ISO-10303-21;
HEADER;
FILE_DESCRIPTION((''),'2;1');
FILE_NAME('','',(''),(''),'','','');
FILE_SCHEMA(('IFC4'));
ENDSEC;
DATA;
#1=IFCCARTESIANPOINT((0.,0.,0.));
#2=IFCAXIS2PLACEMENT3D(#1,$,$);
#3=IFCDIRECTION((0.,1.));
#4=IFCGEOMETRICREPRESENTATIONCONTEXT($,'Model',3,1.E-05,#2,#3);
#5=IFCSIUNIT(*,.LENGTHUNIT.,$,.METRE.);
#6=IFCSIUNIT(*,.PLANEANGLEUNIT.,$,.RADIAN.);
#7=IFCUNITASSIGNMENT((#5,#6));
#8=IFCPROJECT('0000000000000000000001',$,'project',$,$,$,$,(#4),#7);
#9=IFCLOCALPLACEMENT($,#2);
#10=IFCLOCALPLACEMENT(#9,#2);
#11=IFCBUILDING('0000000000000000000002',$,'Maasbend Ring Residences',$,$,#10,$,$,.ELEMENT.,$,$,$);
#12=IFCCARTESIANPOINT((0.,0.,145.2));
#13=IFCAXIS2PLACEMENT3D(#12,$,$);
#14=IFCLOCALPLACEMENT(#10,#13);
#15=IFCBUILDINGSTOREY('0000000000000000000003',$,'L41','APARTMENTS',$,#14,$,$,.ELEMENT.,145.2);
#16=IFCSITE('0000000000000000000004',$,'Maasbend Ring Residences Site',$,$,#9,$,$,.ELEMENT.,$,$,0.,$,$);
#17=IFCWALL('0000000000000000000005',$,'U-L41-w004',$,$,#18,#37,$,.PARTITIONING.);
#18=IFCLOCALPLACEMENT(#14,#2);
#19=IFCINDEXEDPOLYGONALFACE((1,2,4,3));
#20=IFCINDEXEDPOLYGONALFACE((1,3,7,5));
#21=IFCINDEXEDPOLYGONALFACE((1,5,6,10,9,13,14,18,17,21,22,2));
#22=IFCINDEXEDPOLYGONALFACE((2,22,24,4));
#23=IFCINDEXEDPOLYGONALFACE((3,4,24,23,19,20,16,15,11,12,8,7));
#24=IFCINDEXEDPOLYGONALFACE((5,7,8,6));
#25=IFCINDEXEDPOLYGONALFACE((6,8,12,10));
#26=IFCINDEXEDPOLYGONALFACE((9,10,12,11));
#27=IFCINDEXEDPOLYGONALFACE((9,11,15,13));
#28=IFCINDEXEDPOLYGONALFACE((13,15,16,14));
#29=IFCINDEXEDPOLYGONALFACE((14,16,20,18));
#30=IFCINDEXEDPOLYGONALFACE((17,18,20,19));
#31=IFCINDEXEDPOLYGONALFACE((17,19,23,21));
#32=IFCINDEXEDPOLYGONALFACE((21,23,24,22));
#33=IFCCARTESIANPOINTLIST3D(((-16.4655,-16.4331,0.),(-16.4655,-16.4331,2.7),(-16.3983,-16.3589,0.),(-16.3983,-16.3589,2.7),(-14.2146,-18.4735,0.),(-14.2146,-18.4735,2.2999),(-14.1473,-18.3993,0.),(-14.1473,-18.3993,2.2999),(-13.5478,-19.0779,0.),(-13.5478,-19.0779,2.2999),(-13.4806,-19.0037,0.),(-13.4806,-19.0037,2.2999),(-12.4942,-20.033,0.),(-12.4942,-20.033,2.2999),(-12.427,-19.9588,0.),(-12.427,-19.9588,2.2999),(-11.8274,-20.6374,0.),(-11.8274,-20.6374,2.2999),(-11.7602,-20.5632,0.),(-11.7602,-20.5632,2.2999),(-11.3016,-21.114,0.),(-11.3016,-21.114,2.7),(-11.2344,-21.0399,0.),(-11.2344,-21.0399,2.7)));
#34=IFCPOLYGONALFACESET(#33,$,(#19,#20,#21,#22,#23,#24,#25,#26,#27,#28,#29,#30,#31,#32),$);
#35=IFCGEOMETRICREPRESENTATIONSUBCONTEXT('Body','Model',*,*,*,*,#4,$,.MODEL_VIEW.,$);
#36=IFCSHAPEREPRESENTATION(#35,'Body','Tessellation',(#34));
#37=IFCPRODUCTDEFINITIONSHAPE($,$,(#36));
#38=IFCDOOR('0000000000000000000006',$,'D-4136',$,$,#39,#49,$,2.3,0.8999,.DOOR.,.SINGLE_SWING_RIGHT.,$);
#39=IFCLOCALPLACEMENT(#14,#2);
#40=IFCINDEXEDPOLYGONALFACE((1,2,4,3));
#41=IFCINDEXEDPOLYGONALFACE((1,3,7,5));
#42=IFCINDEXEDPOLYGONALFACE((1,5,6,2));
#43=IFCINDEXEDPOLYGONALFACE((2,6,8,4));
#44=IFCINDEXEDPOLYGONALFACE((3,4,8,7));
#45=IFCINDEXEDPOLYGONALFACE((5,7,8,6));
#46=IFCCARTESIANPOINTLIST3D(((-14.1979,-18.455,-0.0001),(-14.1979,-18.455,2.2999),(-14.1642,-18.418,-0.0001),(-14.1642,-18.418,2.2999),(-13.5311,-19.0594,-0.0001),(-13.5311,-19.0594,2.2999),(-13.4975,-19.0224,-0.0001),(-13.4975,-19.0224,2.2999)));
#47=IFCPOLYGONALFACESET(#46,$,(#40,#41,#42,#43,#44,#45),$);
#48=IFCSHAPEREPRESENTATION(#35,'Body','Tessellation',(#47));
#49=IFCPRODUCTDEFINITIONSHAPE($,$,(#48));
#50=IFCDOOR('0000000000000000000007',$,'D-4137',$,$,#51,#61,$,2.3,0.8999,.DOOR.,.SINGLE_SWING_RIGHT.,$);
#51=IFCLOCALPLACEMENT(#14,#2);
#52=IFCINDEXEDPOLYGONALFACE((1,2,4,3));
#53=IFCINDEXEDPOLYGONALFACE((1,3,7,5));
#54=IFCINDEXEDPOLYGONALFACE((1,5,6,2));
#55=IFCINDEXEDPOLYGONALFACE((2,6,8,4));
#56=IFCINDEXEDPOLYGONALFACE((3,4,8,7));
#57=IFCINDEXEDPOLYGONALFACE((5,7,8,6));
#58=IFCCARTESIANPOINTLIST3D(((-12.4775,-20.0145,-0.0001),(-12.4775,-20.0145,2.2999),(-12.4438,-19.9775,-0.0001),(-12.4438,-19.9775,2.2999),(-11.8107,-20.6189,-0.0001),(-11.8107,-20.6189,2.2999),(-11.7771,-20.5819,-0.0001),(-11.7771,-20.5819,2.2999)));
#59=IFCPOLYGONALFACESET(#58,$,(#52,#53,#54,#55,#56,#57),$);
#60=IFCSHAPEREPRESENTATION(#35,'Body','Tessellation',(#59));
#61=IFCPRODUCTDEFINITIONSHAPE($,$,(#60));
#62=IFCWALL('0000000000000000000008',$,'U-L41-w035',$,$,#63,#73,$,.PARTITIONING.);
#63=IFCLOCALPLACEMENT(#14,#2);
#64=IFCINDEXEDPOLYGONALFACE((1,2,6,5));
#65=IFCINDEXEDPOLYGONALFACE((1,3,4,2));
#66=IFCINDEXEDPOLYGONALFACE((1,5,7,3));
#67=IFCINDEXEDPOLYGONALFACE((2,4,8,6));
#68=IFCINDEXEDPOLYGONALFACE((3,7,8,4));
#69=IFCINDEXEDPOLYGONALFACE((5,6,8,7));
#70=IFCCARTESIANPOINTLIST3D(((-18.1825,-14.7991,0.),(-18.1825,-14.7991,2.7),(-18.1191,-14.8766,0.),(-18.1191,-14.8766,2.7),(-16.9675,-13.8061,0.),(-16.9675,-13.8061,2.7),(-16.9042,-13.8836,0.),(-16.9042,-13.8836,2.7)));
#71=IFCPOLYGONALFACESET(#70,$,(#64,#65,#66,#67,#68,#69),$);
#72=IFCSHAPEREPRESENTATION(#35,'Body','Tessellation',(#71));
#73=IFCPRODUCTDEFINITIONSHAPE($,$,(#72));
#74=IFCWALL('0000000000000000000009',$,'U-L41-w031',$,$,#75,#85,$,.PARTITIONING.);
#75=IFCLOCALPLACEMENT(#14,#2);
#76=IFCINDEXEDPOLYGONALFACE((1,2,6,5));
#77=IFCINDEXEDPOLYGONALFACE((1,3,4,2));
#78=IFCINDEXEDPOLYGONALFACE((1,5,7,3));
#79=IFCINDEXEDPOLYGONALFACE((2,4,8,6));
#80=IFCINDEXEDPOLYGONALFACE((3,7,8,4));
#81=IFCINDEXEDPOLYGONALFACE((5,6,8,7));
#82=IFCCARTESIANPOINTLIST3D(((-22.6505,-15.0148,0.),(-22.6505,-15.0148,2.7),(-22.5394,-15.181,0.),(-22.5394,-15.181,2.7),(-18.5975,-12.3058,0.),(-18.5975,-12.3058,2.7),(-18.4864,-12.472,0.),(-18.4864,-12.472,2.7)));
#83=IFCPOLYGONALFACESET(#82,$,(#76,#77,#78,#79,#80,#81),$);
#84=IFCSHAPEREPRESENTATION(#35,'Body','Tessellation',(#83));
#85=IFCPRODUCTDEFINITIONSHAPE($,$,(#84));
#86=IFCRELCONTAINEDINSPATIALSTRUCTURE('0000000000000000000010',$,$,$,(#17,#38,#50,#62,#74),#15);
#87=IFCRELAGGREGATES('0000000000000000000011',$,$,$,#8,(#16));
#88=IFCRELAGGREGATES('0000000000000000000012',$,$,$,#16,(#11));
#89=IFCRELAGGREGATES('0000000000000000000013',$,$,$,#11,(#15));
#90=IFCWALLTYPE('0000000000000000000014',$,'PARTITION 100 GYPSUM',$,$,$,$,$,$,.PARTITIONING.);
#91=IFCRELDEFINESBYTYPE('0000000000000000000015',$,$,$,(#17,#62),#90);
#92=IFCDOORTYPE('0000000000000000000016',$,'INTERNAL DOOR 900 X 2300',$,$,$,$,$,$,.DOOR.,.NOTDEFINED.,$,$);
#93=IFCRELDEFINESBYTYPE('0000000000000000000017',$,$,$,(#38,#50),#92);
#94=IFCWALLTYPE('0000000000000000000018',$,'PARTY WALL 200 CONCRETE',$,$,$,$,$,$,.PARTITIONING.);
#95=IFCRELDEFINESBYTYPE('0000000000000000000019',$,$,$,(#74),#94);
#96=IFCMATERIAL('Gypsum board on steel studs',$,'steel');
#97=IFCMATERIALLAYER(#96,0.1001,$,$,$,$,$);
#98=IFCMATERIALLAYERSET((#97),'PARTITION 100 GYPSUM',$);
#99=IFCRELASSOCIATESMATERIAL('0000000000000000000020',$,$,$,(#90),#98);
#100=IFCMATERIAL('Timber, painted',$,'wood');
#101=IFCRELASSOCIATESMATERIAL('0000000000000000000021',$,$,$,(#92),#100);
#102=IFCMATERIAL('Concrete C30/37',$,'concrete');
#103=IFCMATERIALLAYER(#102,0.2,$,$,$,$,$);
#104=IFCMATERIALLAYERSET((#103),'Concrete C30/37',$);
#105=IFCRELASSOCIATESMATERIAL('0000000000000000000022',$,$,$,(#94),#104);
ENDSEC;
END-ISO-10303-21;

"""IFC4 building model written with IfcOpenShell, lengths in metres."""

from ifc_helpers import new_model, si_unit, direction, frame, frame_2d, origin, place, context, subcontext, project, spatial, rectangle, extrude, material, layer, layer_set, type_object, element, fill, save


model = new_model("IFC4")

# Units and contexts
model_context = context("Model", 3, precision=1e-05, world=origin(), true_north=direction((0.0, 1.0)))
body_context = subcontext(model_context, "Body", "Model", "MODEL_VIEW")
ifc_project = project(units=[si_unit("LENGTHUNIT", "METRE"), si_unit("PLANEANGLEUNIT", "RADIAN")], contexts=[model_context])

# Site, building, storey
site_placement = place(None, origin())
site = spatial("IfcSite", under=ifc_project, at=site_placement, Name="Maasbend Ring Residences Site", CompositionType="ELEMENT", RefElevation=0.0)
building_placement = place(site_placement, origin())
building = spatial("IfcBuilding", under=site, at=building_placement, Name="Maasbend Ring Residences", CompositionType="ELEMENT")
storey_placement = place(building_placement, frame((0.0, 0.0, 145.2)))
storey = spatial("IfcBuildingStorey", under=building, at=storey_placement, Name="L41", Description="APARTMENTS", CompositionType="ELEMENT", Elevation=145.2)

# Shared definitions
ifc_material_1 = material(Name="Gypsum board on steel studs", Category="steel")
ifc_layer_1 = layer(ifc_material_1, 0.1001)
ifc_layer_set_1 = layer_set([ifc_layer_1], Name="PARTITION 100 GYPSUM")
wall_type_1 = type_object("IfcWallType", Name="PARTITION 100 GYPSUM", PredefinedType="PARTITIONING", material=ifc_layer_set_1)
ifc_material_2 = material(Name="Timber, painted", Category="wood")
door_type_1 = type_object("IfcDoorType", Name="INTERNAL DOOR 900 X 2300", OperationType="NOTDEFINED", PredefinedType="DOOR", material=ifc_material_2)

# Wall, openings, doors
wall_1_placement = place(storey_placement, frame((-16.4319, -16.396, 0.0), z_axis=(0.0, 0.0, 1.0), x_axis=(0.740901, -0.671614, 0.0)))
wall_1 = element("IfcWall", 1, at=wall_1_placement, inside=storey, type_object=wall_type_1, Name="U-L41-w004", PredefinedType="PARTITIONING", context=body_context, shape_type="SweptSolid", body=[
    extrude(rectangle(XDim=6.9697, YDim=0.1001, at=frame_2d((3.4849, 0.0))), origin(), (0.0, 0.0, 1.0), 2.7),
])
opening_1_placement = place(wall_1_placement, frame((3.0381, 0.0, 0.0)))
opening_1 = element("IfcOpeningElement", 2, at=opening_1_placement, cuts=wall_1, PredefinedType="OPENING", context=body_context, shape_type="SweptSolid", body=[
    extrude(rectangle(XDim=0.8999, YDim=2.3, at=frame_2d((0.45, 1.1499))), frame((0.0, 0.0601, 0.0), z_axis=(0.0, -1.0, 0.0), x_axis=(1.0, 0.0, 0.0)), (0.0, 0.0, 1.0), 0.1201),
])
opening_2_placement = place(wall_1_placement, frame((5.3601, 0.0, 0.0)))
opening_2 = element("IfcOpeningElement", 3, at=opening_2_placement, cuts=wall_1, PredefinedType="OPENING", context=body_context, shape_type="SweptSolid", body=[
    extrude(rectangle(XDim=0.8999, YDim=2.3, at=frame_2d((0.45, 1.1499))), frame((0.0, 0.0601, 0.0), z_axis=(0.0, -1.0, 0.0), x_axis=(1.0, 0.0, 0.0)), (0.0, 0.0, 1.0), 0.1201),
])
door_1_placement = place(opening_1_placement, origin())
door_1 = element("IfcDoor", 4, at=door_1_placement, inside=storey, type_object=door_type_1, Name="D-4136", OperationType="SINGLE_SWING_RIGHT", OverallHeight=2.3, OverallWidth=0.8999, PredefinedType="DOOR", context=body_context, shape_type="SweptSolid", body=[
    extrude(rectangle(XDim=0.8999, YDim=2.3, at=frame_2d((0.45, 1.1499))), frame((0.0, 0.0249, 0.0), z_axis=(0.0, -1.0, 0.0), x_axis=(1.0, 0.0, 0.0)), (0.0, 0.0, 1.0), 0.05),
])
fill(opening_1, door_1)
door_2_placement = place(opening_2_placement, origin())
door_2 = element("IfcDoor", 5, at=door_2_placement, inside=storey, type_object=door_type_1, Name="D-4137", OperationType="SINGLE_SWING_RIGHT", OverallHeight=2.3, OverallWidth=0.8999, PredefinedType="DOOR", context=body_context, shape_type="SweptSolid", body=[
    extrude(rectangle(XDim=0.8999, YDim=2.3, at=frame_2d((0.45, 1.1499))), frame((0.0, 0.0249, 0.0), z_axis=(0.0, -1.0, 0.0), x_axis=(1.0, 0.0, 0.0)), (0.0, 0.0, 1.0), 0.05),
])
fill(opening_2, door_2)

# Walls
wall_2_placement = place(storey_placement, frame((-18.1509, -14.8379, 0.0), z_axis=(0.0, 0.0, 1.0), x_axis=(0.774283, 0.632839, 0.0)))
element("IfcWall", 6, at=wall_2_placement, inside=storey, type_object=wall_type_1, Name="U-L41-w035", PredefinedType="PARTITIONING", context=body_context, shape_type="SweptSolid", body=[
    extrude(rectangle(XDim=1.5691, YDim=0.1001, at=frame_2d((0.7847, 0.0))), origin(), (0.0, 0.0, 1.0), 2.7),
])
ifc_material_3 = material(Name="Concrete C30/37", Category="concrete")
ifc_layer_2 = layer(ifc_material_3, 0.2)
ifc_layer_set_2 = layer_set([ifc_layer_2], Name="Concrete C30/37")
wall_type_2 = type_object("IfcWallType", Name="PARTY WALL 200 CONCRETE", PredefinedType="PARTITIONING", material=ifc_layer_set_2)
wall_3_placement = place(storey_placement, frame((-22.595, -15.0979, 0.0), z_axis=(0.0, 0.0, 1.0), x_axis=(0.831387, 0.555694, 0.0)))
element("IfcWall", 7, at=wall_3_placement, inside=storey, type_object=wall_type_2, Name="U-L41-w031", PredefinedType="PARTITIONING", context=body_context, shape_type="SweptSolid", body=[
    extrude(rectangle(XDim=4.875, YDim=0.2, at=frame_2d((2.4375, 0.0))), origin(), (0.0, 0.0, 1.0), 2.7),
])

save(model, "model.ifc")
